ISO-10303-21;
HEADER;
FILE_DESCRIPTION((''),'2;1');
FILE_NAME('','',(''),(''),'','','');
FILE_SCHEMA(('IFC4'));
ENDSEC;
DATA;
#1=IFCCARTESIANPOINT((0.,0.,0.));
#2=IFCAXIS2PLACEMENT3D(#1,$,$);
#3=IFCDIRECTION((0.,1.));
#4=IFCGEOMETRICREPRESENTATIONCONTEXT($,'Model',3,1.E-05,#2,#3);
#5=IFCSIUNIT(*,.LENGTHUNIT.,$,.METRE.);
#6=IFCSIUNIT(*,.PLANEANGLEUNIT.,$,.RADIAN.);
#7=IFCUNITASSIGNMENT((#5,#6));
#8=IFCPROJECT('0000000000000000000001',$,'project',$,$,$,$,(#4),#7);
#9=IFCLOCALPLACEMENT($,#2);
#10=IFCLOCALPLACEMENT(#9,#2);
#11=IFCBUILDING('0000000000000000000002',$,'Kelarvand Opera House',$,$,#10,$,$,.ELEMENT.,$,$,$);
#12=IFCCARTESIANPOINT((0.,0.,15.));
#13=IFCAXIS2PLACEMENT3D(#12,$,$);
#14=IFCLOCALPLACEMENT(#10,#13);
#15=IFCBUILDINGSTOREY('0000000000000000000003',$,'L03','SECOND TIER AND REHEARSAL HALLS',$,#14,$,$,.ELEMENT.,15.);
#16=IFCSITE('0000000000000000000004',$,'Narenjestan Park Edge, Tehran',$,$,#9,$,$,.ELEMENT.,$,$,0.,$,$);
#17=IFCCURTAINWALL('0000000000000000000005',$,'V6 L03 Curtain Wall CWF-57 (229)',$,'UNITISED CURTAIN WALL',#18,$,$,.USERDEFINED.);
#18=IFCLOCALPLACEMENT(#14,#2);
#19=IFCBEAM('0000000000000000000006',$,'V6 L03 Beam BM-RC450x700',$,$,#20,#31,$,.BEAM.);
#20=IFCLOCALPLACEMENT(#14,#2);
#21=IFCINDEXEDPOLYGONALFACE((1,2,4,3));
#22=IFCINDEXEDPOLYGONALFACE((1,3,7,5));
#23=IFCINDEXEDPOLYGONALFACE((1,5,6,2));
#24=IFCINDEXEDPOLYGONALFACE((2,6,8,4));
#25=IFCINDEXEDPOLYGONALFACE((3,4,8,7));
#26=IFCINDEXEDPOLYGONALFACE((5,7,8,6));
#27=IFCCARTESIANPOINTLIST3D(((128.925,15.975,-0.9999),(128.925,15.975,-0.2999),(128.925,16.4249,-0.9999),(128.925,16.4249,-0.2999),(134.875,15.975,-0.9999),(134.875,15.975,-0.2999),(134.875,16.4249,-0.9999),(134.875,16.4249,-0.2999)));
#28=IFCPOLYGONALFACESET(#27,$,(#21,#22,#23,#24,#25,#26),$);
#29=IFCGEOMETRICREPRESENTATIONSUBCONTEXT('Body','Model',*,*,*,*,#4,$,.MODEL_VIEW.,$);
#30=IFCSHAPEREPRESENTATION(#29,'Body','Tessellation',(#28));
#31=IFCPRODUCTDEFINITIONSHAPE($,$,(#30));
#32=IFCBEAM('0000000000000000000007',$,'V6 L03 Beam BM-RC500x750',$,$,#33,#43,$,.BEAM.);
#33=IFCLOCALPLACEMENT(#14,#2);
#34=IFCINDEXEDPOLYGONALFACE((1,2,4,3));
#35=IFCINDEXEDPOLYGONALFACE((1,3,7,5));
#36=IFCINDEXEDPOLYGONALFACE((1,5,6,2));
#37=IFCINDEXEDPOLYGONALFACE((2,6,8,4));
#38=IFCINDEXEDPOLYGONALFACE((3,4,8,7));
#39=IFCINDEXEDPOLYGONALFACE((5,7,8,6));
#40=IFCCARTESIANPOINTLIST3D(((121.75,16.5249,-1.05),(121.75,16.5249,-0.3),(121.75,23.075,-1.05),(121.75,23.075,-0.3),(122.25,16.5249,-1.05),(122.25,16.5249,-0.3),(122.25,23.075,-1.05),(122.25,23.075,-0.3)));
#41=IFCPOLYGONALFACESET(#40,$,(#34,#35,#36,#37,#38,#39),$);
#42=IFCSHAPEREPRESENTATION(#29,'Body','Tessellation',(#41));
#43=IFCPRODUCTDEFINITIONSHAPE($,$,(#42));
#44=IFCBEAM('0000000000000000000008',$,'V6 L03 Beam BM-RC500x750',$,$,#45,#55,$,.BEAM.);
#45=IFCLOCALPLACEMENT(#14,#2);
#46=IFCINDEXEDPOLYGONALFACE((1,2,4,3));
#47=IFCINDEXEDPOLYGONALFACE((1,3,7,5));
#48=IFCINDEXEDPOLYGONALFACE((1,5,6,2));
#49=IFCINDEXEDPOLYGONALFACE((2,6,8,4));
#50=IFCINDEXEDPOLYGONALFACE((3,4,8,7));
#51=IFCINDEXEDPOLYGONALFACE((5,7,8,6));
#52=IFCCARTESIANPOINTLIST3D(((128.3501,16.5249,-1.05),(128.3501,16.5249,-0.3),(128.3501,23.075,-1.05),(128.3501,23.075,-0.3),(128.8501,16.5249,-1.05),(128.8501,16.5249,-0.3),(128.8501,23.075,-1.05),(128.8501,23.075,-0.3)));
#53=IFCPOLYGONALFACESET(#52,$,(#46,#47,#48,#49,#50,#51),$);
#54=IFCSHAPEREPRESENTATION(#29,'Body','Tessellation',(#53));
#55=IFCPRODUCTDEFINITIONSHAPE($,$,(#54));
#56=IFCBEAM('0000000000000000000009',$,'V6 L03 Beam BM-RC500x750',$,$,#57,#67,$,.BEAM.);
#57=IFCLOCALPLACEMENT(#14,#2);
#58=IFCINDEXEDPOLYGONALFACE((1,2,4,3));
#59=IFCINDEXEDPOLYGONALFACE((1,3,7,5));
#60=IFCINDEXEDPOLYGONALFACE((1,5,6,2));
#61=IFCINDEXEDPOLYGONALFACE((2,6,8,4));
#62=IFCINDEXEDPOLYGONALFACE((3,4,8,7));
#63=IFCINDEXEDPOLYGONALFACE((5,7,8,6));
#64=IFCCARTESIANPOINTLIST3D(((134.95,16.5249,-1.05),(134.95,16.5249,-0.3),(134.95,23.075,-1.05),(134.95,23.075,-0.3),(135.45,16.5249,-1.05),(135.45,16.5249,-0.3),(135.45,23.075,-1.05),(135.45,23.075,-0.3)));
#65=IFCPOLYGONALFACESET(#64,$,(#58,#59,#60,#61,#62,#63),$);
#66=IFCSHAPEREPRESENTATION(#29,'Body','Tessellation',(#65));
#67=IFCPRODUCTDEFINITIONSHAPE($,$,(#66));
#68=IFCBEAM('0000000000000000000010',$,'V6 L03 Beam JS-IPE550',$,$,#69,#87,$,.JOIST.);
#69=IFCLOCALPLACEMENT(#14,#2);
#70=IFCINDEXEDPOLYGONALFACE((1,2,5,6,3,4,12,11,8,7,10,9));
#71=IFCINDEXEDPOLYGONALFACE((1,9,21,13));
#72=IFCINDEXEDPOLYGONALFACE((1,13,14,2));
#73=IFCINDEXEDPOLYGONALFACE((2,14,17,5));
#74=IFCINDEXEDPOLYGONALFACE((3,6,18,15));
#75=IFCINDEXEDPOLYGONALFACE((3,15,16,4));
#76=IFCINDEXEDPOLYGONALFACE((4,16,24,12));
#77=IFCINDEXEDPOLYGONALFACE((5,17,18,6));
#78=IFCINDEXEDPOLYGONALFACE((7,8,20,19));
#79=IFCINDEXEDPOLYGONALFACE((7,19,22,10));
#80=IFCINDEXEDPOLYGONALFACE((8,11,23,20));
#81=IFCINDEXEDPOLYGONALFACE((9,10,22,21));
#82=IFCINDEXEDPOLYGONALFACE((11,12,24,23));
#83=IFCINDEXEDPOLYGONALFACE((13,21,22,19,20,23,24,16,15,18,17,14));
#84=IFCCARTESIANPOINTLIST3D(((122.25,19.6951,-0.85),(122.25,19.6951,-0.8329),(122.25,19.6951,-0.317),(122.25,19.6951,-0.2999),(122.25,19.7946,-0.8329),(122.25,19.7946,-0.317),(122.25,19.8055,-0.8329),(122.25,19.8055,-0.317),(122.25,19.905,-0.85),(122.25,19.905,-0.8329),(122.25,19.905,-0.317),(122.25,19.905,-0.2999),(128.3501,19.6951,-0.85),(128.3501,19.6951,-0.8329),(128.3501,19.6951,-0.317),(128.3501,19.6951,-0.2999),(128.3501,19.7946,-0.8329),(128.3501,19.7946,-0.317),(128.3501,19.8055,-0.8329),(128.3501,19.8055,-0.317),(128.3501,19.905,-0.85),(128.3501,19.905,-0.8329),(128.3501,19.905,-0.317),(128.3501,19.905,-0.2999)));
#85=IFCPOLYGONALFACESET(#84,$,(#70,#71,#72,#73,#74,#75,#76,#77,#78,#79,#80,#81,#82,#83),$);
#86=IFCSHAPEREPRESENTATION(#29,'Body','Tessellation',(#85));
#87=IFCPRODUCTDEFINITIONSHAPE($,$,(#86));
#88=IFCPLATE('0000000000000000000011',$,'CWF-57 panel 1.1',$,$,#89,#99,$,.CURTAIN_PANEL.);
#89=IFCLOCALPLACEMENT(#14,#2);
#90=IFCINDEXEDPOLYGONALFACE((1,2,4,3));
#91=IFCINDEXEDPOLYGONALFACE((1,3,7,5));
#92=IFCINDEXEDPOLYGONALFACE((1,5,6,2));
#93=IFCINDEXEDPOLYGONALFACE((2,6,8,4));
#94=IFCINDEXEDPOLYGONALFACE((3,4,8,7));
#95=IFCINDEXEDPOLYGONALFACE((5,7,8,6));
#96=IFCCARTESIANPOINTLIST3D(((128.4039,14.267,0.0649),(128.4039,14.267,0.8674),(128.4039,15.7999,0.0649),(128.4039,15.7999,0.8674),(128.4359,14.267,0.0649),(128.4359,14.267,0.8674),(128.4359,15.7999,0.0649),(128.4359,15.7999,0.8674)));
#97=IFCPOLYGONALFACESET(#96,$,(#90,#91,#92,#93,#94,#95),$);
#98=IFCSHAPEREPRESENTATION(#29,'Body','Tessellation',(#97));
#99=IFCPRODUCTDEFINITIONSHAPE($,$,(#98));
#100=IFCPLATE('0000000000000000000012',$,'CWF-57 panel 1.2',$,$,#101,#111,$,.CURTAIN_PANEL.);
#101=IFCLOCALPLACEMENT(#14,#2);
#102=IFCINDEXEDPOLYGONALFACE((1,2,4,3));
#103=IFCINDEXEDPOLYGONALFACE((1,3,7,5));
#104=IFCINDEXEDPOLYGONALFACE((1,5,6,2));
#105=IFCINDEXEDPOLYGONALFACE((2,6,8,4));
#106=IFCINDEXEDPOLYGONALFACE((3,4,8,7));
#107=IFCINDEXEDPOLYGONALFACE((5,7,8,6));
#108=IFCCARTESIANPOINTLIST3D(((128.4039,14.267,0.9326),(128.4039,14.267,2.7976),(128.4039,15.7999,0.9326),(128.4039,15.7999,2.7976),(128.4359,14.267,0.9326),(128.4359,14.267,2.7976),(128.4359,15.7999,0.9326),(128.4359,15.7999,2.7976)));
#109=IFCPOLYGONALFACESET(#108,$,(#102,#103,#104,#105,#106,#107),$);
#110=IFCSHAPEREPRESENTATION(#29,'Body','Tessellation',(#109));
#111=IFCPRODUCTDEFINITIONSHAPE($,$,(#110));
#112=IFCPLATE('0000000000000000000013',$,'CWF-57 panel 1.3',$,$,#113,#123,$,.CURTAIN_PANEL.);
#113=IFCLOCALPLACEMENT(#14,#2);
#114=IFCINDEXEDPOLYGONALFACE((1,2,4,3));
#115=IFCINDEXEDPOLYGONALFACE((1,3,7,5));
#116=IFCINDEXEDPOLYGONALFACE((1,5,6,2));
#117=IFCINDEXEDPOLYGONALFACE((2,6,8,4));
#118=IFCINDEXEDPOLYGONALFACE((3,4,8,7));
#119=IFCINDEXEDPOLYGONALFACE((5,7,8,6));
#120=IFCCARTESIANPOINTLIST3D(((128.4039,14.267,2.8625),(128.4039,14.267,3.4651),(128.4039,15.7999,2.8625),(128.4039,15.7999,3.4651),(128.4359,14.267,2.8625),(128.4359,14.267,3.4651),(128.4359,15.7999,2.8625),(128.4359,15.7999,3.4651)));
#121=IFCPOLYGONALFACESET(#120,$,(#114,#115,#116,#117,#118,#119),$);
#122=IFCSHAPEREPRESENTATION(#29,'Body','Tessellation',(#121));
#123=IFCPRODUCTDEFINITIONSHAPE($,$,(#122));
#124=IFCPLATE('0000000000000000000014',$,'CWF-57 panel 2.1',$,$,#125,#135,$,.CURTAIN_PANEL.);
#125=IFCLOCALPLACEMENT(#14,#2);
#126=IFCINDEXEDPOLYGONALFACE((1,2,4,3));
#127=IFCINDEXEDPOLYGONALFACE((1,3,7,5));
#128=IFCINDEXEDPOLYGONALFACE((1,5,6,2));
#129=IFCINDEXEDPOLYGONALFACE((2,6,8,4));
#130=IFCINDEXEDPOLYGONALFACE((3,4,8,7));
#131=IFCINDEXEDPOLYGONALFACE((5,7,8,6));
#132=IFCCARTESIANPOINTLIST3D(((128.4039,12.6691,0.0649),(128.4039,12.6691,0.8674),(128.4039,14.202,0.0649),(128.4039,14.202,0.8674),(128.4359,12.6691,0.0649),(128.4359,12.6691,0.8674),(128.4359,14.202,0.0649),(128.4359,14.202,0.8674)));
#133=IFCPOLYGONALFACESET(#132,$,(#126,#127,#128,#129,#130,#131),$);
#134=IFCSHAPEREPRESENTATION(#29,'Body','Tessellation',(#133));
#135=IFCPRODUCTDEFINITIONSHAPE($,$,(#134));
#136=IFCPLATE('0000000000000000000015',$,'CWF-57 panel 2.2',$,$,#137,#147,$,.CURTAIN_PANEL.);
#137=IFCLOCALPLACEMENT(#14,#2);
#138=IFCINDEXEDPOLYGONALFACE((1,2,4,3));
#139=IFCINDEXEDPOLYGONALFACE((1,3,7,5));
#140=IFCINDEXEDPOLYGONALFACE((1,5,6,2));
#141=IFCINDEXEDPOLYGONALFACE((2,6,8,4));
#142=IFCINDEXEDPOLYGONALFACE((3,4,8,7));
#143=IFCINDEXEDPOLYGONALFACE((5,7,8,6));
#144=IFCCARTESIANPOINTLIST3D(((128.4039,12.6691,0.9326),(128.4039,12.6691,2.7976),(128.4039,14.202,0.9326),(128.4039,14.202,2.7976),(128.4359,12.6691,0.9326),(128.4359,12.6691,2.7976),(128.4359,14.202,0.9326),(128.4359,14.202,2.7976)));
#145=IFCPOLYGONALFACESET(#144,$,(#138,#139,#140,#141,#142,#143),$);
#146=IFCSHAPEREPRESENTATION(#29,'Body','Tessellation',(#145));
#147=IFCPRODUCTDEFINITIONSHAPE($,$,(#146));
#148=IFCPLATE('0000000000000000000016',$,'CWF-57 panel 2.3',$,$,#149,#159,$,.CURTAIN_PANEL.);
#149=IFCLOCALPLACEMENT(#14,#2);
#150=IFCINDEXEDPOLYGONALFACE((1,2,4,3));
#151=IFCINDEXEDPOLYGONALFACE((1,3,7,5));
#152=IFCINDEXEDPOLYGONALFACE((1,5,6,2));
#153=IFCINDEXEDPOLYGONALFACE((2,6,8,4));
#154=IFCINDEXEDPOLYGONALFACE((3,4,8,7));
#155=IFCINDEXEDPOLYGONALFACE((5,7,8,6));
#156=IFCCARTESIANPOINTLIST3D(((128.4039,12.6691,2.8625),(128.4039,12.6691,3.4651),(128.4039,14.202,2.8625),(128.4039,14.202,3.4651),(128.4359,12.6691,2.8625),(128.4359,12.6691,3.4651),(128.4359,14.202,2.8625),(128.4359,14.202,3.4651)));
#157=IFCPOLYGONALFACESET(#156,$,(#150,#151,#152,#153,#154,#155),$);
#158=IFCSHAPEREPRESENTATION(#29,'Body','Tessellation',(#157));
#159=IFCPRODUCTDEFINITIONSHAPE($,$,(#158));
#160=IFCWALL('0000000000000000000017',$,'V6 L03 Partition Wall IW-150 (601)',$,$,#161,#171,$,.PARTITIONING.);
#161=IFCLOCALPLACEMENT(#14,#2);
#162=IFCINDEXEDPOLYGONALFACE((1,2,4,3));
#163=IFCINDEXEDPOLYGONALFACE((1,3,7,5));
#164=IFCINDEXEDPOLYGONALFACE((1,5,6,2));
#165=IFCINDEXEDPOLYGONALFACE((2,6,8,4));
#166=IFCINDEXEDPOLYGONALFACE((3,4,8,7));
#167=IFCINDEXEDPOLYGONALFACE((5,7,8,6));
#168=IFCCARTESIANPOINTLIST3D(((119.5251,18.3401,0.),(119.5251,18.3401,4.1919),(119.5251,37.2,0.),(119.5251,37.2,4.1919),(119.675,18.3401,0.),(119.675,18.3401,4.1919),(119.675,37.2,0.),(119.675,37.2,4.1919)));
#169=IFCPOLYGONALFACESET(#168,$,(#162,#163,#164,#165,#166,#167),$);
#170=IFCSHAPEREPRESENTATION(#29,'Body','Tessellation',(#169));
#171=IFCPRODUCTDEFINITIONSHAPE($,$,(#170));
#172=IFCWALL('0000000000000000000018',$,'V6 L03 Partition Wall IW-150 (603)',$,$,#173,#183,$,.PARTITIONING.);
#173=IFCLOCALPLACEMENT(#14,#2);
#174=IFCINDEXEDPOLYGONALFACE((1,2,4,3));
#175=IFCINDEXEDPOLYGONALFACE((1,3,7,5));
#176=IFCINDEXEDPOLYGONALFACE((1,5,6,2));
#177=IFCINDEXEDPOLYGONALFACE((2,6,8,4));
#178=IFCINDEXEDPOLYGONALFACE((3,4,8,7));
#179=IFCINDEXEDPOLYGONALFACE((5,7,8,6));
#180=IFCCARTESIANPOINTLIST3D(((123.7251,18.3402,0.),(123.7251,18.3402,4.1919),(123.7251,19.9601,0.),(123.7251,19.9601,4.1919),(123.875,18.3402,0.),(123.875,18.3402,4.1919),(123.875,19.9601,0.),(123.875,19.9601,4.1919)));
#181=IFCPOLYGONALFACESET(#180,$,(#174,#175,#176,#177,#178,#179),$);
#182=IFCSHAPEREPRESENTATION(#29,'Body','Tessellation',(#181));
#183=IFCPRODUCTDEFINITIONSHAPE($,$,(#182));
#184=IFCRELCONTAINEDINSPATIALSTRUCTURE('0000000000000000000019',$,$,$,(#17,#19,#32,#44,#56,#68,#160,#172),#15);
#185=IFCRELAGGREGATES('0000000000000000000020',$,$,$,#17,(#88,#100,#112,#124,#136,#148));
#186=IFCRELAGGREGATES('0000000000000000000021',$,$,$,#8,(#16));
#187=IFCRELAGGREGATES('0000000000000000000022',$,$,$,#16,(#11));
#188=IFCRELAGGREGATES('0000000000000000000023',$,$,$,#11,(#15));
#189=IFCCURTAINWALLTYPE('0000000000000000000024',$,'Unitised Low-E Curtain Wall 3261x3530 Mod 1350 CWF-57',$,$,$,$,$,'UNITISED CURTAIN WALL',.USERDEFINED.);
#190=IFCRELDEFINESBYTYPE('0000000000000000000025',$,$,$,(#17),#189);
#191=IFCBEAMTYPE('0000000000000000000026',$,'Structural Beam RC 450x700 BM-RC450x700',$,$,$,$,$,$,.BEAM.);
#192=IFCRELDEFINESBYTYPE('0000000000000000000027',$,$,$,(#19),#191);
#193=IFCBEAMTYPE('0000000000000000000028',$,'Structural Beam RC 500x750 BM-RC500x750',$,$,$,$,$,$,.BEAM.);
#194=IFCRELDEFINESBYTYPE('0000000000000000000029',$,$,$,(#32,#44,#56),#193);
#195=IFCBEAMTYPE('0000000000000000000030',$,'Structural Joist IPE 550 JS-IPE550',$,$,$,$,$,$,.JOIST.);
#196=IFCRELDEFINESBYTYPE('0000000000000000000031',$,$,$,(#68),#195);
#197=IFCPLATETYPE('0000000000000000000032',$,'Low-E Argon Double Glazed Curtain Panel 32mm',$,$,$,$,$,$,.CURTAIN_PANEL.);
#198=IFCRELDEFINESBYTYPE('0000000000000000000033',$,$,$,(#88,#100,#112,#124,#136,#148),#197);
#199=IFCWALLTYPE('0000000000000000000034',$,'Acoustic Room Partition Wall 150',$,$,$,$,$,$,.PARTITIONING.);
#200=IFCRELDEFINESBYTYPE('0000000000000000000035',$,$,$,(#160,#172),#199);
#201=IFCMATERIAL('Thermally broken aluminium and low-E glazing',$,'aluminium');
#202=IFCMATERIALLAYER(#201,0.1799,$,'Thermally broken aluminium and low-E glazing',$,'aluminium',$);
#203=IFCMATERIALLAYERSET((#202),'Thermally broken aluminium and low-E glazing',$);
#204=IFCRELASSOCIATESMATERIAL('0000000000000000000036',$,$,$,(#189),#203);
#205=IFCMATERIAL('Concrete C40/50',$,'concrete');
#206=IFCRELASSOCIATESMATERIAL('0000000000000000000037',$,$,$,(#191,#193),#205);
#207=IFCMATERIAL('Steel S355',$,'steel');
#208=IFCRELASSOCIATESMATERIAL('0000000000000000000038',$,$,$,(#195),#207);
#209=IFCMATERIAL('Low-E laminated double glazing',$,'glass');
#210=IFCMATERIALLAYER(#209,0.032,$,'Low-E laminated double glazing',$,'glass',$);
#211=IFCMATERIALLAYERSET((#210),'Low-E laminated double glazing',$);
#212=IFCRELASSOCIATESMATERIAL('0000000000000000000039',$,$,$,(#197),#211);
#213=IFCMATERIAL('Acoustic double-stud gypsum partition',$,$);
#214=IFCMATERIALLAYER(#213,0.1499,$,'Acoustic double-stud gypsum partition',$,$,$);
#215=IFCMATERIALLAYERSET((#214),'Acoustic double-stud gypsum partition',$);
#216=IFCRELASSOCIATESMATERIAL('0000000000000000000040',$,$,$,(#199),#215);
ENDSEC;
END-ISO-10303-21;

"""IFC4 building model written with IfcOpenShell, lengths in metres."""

from ifc_helpers import new_model, si_unit, direction, frame, frame_2d, origin, origin_2d, place, context, subcontext, project, spatial, rectangle, i_section, extrude, material, layer, layer_set, material_profile, profile_set, type_object, element, aggregate, save


model = new_model("IFC4")

# Units and contexts
model_context = context("Model", 3, precision=1e-05, world=origin(), true_north=direction((0.0, 1.0)))
body_context = subcontext(model_context, "Body", "Model", "MODEL_VIEW")
ifc_project = project(units=[si_unit("LENGTHUNIT", "METRE"), si_unit("PLANEANGLEUNIT", "RADIAN")], contexts=[model_context])

# Site, building, storey
site_placement = place(None, origin())
site = spatial("IfcSite", under=ifc_project, at=site_placement, Name="Narenjestan Park Edge, Tehran", CompositionType="ELEMENT", RefElevation=0.0)
building_placement = place(site_placement, origin())
building = spatial("IfcBuilding", under=site, at=building_placement, Name="Kelarvand Opera House", CompositionType="ELEMENT")
storey_placement = place(building_placement, frame((0.0, 0.0, 15.0)))
storey = spatial("IfcBuildingStorey", under=building, at=storey_placement, Name="L03", Description="SECOND TIER AND REHEARSAL HALLS", CompositionType="ELEMENT", Elevation=15.0)

# Shared definitions
ifc_material_1 = material(Name="Concrete C40/50", Category="concrete")

# Curtain wall
ifc_material_2 = material(Name="Thermally broken aluminium and low-E glazing", Category="aluminium")
ifc_layer_1 = layer(ifc_material_2, 0.1799, Name="Thermally broken aluminium and low-E glazing", Category="aluminium")
ifc_layer_set_1 = layer_set([ifc_layer_1], Name="Thermally broken aluminium and low-E glazing")
curtain_wall_type = type_object("IfcCurtainWallType", Name="Unitised Low-E Curtain Wall 3261x3530 Mod 1350 CWF-57", ElementType="UNITISED CURTAIN WALL", PredefinedType="USERDEFINED", material=ifc_layer_set_1)
curtain_wall_placement = place(storey_placement, origin())
curtain_wall = element("IfcCurtainWall", 1, at=curtain_wall_placement, inside=storey, type_object=curtain_wall_type, Name="V6 L03 Curtain Wall CWF-57 (229)", ObjectType="UNITISED CURTAIN WALL", PredefinedType="USERDEFINED")

# Beams
ifc_material_profile_1 = material_profile(ifc_material_1, rectangle(XDim=0.45, YDim=0.7, at=origin_2d()), Name="RC 450x700", Category="concrete")
ifc_profile_set_1 = profile_set([ifc_material_profile_1], Name="Concrete C40/50")
beam_type_1 = type_object("IfcBeamType", Name="Structural Beam RC 450x700 BM-RC450x700", PredefinedType="BEAM", material=ifc_profile_set_1)
for number, where, z_axis, x_axis, name in (
    (2, (128.925, 16.2, -0.6499), (1.0, 0.0, 0.0), (0.0, 1.0, 0.0), "V6 L03 Beam BM-RC450x700"),
):
    element("IfcBeam", number, at=place(storey_placement, frame(where, z_axis=z_axis, x_axis=x_axis)), inside=storey, type_object=beam_type_1, Name=name, PredefinedType="BEAM", context=body_context, shape_type="SweptSolid", body=[
        extrude(rectangle(XDim=0.45, YDim=0.7, at=origin_2d()), origin(), (0.0, 0.0, 1.0), 5.95),
    ])
ifc_material_profile_2 = material_profile(ifc_material_1, rectangle(XDim=0.5, YDim=0.75, at=origin_2d()), Name="RC 500x750", Category="concrete")
ifc_profile_set_2 = profile_set([ifc_material_profile_2], Name="Concrete C40/50")
beam_type_2 = type_object("IfcBeamType", Name="Structural Beam RC 500x750 BM-RC500x750", PredefinedType="BEAM", material=ifc_profile_set_2)
for number, where, z_axis, x_axis, name in (
    (3, (122.0, 16.5249, -0.675), (0.0, 1.0, 0.0), (-1.0, 0.0, 0.0), "V6 L03 Beam BM-RC500x750"),
    (4, (128.6001, 16.5249, -0.675), (0.0, 1.0, 0.0), (-1.0, 0.0, 0.0), "V6 L03 Beam BM-RC500x750"),
    (5, (135.2, 16.5249, -0.675), (0.0, 1.0, 0.0), (-1.0, 0.0, 0.0), "V6 L03 Beam BM-RC500x750"),
):
    element("IfcBeam", number, at=place(storey_placement, frame(where, z_axis=z_axis, x_axis=x_axis)), inside=storey, type_object=beam_type_2, Name=name, PredefinedType="BEAM", context=body_context, shape_type="SweptSolid", body=[
        extrude(rectangle(XDim=0.5, YDim=0.75, at=origin_2d()), origin(), (0.0, 0.0, 1.0), 6.55),
    ])
ifc_material_3 = material(Name="Steel S355", Category="steel")
ifc_material_profile_3 = material_profile(ifc_material_3, i_section(OverallWidth=0.21, OverallDepth=0.55, WebThickness=0.011, FlangeThickness=0.0171, at=origin_2d()), Name="IPE 550", Category="steel")
ifc_profile_set_3 = profile_set([ifc_material_profile_3], Name="Steel S355")
beam_type_3 = type_object("IfcBeamType", Name="Structural Joist IPE 550 JS-IPE550", PredefinedType="JOIST", material=ifc_profile_set_3)
beam_1_placement = place(storey_placement, frame((122.25, 19.8, -0.575), z_axis=(1.0, 0.0, 0.0), x_axis=(0.0, 1.0, 0.0)))
element("IfcBeam", 6, at=beam_1_placement, inside=storey, type_object=beam_type_3, Name="V6 L03 Beam JS-IPE550", PredefinedType="JOIST", context=body_context, shape_type="SweptSolid", body=[
    extrude(i_section(OverallWidth=0.21, OverallDepth=0.55, WebThickness=0.011, FlangeThickness=0.0171, at=origin_2d()), origin(), (0.0, 0.0, 1.0), 6.1001),
])

# Plates
ifc_material_4 = material(Name="Low-E laminated double glazing", Category="glass")
ifc_layer_2 = layer(ifc_material_4, 0.032, Name="Low-E laminated double glazing", Category="glass")
ifc_layer_set_2 = layer_set([ifc_layer_2], Name="Low-E laminated double glazing")
plate_type = type_object("IfcPlateType", Name="Low-E Argon Double Glazed Curtain Panel 32mm", PredefinedType="CURTAIN_PANEL", material=ifc_layer_set_2)
plate_1_placement = place(storey_placement, frame((128.4199, 15.0334, 0.0649), z_axis=(0.0, 0.0, 1.0), x_axis=(0.0, -1.0, 0.0)))
plate_1 = element("IfcPlate", 7, at=plate_1_placement, type_object=plate_type, Name="CWF-57 panel 1.1", PredefinedType="CURTAIN_PANEL", context=body_context, shape_type="SweptSolid", body=[
    extrude(rectangle(XDim=1.533, YDim=0.032, at=origin_2d()), origin(), (0.0, 0.0, 1.0), 0.8025),
])
plate_2_placement = place(storey_placement, frame((128.4199, 15.0334, 0.9326), z_axis=(0.0, 0.0, 1.0), x_axis=(0.0, -1.0, 0.0)))
plate_2 = element("IfcPlate", 8, at=plate_2_placement, type_object=plate_type, Name="CWF-57 panel 1.2", PredefinedType="CURTAIN_PANEL", context=body_context, shape_type="SweptSolid", body=[
    extrude(rectangle(XDim=1.533, YDim=0.032, at=origin_2d()), origin(), (0.0, 0.0, 1.0), 1.865),
])
plate_3_placement = place(storey_placement, frame((128.4199, 15.0334, 2.8625), z_axis=(0.0, 0.0, 1.0), x_axis=(0.0, -1.0, 0.0)))
plate_3 = element("IfcPlate", 9, at=plate_3_placement, type_object=plate_type, Name="CWF-57 panel 1.3", PredefinedType="CURTAIN_PANEL", context=body_context, shape_type="SweptSolid", body=[
    extrude(rectangle(XDim=1.533, YDim=0.032, at=origin_2d()), origin(), (0.0, 0.0, 1.0), 0.6025),
])
plate_4_placement = place(storey_placement, frame((128.4199, 13.4355, 0.0649), z_axis=(0.0, 0.0, 1.0), x_axis=(0.0, -1.0, 0.0)))
plate_4 = element("IfcPlate", 10, at=plate_4_placement, type_object=plate_type, Name="CWF-57 panel 2.1", PredefinedType="CURTAIN_PANEL", context=body_context, shape_type="SweptSolid", body=[
    extrude(rectangle(XDim=1.533, YDim=0.032, at=origin_2d()), origin(), (0.0, 0.0, 1.0), 0.8025),
])
plate_5_placement = place(storey_placement, frame((128.4199, 13.4355, 0.9326), z_axis=(0.0, 0.0, 1.0), x_axis=(0.0, -1.0, 0.0)))
plate_5 = element("IfcPlate", 11, at=plate_5_placement, type_object=plate_type, Name="CWF-57 panel 2.2", PredefinedType="CURTAIN_PANEL", context=body_context, shape_type="SweptSolid", body=[
    extrude(rectangle(XDim=1.533, YDim=0.032, at=origin_2d()), origin(), (0.0, 0.0, 1.0), 1.865),
])
plate_6_placement = place(storey_placement, frame((128.4199, 13.4355, 2.8625), z_axis=(0.0, 0.0, 1.0), x_axis=(0.0, -1.0, 0.0)))
plate_6 = element("IfcPlate", 12, at=plate_6_placement, type_object=plate_type, Name="CWF-57 panel 2.3", PredefinedType="CURTAIN_PANEL", context=body_context, shape_type="SweptSolid", body=[
    extrude(rectangle(XDim=1.533, YDim=0.032, at=origin_2d()), origin(), (0.0, 0.0, 1.0), 0.6025),
])
aggregate(curtain_wall, [plate_1, plate_2, plate_3, plate_4, plate_5, plate_6])

# Walls
ifc_material_5 = material(Name="Acoustic double-stud gypsum partition")
ifc_layer_3 = layer(ifc_material_5, 0.1499, Name="Acoustic double-stud gypsum partition")
ifc_layer_set_3 = layer_set([ifc_layer_3], Name="Acoustic double-stud gypsum partition")
wall_type_1 = type_object("IfcWallType", Name="Acoustic Room Partition Wall 150", PredefinedType="PARTITIONING", material=ifc_layer_set_3)
wall_1_placement = place(storey_placement, frame((119.6001, 18.3401, 0.0), z_axis=(0.0, 0.0, 1.0), x_axis=(0.0, 1.0, 0.0)))
element("IfcWall", 13, at=wall_1_placement, inside=storey, type_object=wall_type_1, Name="V6 L03 Partition Wall IW-150 (601)", PredefinedType="PARTITIONING", context=body_context, shape_type="SweptSolid", body=[
    extrude(rectangle(XDim=18.8599, YDim=0.1499, at=frame_2d((9.4299, 0.0))), origin(), (0.0, 0.0, 1.0), 4.1919),
])
wall_2_placement = place(storey_placement, frame((123.8, 18.3401, 0.0), z_axis=(0.0, 0.0, 1.0), x_axis=(0.0, 1.0, 0.0)))
element("IfcWall", 14, at=wall_2_placement, inside=storey, type_object=wall_type_1, Name="V6 L03 Partition Wall IW-150 (603)", PredefinedType="PARTITIONING", context=body_context, shape_type="SweptSolid", body=[
    extrude(rectangle(XDim=1.6199, YDim=0.1499, at=frame_2d((0.8101, 0.0))), origin(), (0.0, 0.0, 1.0), 4.1919),
])

save(model, "model.ifc")
